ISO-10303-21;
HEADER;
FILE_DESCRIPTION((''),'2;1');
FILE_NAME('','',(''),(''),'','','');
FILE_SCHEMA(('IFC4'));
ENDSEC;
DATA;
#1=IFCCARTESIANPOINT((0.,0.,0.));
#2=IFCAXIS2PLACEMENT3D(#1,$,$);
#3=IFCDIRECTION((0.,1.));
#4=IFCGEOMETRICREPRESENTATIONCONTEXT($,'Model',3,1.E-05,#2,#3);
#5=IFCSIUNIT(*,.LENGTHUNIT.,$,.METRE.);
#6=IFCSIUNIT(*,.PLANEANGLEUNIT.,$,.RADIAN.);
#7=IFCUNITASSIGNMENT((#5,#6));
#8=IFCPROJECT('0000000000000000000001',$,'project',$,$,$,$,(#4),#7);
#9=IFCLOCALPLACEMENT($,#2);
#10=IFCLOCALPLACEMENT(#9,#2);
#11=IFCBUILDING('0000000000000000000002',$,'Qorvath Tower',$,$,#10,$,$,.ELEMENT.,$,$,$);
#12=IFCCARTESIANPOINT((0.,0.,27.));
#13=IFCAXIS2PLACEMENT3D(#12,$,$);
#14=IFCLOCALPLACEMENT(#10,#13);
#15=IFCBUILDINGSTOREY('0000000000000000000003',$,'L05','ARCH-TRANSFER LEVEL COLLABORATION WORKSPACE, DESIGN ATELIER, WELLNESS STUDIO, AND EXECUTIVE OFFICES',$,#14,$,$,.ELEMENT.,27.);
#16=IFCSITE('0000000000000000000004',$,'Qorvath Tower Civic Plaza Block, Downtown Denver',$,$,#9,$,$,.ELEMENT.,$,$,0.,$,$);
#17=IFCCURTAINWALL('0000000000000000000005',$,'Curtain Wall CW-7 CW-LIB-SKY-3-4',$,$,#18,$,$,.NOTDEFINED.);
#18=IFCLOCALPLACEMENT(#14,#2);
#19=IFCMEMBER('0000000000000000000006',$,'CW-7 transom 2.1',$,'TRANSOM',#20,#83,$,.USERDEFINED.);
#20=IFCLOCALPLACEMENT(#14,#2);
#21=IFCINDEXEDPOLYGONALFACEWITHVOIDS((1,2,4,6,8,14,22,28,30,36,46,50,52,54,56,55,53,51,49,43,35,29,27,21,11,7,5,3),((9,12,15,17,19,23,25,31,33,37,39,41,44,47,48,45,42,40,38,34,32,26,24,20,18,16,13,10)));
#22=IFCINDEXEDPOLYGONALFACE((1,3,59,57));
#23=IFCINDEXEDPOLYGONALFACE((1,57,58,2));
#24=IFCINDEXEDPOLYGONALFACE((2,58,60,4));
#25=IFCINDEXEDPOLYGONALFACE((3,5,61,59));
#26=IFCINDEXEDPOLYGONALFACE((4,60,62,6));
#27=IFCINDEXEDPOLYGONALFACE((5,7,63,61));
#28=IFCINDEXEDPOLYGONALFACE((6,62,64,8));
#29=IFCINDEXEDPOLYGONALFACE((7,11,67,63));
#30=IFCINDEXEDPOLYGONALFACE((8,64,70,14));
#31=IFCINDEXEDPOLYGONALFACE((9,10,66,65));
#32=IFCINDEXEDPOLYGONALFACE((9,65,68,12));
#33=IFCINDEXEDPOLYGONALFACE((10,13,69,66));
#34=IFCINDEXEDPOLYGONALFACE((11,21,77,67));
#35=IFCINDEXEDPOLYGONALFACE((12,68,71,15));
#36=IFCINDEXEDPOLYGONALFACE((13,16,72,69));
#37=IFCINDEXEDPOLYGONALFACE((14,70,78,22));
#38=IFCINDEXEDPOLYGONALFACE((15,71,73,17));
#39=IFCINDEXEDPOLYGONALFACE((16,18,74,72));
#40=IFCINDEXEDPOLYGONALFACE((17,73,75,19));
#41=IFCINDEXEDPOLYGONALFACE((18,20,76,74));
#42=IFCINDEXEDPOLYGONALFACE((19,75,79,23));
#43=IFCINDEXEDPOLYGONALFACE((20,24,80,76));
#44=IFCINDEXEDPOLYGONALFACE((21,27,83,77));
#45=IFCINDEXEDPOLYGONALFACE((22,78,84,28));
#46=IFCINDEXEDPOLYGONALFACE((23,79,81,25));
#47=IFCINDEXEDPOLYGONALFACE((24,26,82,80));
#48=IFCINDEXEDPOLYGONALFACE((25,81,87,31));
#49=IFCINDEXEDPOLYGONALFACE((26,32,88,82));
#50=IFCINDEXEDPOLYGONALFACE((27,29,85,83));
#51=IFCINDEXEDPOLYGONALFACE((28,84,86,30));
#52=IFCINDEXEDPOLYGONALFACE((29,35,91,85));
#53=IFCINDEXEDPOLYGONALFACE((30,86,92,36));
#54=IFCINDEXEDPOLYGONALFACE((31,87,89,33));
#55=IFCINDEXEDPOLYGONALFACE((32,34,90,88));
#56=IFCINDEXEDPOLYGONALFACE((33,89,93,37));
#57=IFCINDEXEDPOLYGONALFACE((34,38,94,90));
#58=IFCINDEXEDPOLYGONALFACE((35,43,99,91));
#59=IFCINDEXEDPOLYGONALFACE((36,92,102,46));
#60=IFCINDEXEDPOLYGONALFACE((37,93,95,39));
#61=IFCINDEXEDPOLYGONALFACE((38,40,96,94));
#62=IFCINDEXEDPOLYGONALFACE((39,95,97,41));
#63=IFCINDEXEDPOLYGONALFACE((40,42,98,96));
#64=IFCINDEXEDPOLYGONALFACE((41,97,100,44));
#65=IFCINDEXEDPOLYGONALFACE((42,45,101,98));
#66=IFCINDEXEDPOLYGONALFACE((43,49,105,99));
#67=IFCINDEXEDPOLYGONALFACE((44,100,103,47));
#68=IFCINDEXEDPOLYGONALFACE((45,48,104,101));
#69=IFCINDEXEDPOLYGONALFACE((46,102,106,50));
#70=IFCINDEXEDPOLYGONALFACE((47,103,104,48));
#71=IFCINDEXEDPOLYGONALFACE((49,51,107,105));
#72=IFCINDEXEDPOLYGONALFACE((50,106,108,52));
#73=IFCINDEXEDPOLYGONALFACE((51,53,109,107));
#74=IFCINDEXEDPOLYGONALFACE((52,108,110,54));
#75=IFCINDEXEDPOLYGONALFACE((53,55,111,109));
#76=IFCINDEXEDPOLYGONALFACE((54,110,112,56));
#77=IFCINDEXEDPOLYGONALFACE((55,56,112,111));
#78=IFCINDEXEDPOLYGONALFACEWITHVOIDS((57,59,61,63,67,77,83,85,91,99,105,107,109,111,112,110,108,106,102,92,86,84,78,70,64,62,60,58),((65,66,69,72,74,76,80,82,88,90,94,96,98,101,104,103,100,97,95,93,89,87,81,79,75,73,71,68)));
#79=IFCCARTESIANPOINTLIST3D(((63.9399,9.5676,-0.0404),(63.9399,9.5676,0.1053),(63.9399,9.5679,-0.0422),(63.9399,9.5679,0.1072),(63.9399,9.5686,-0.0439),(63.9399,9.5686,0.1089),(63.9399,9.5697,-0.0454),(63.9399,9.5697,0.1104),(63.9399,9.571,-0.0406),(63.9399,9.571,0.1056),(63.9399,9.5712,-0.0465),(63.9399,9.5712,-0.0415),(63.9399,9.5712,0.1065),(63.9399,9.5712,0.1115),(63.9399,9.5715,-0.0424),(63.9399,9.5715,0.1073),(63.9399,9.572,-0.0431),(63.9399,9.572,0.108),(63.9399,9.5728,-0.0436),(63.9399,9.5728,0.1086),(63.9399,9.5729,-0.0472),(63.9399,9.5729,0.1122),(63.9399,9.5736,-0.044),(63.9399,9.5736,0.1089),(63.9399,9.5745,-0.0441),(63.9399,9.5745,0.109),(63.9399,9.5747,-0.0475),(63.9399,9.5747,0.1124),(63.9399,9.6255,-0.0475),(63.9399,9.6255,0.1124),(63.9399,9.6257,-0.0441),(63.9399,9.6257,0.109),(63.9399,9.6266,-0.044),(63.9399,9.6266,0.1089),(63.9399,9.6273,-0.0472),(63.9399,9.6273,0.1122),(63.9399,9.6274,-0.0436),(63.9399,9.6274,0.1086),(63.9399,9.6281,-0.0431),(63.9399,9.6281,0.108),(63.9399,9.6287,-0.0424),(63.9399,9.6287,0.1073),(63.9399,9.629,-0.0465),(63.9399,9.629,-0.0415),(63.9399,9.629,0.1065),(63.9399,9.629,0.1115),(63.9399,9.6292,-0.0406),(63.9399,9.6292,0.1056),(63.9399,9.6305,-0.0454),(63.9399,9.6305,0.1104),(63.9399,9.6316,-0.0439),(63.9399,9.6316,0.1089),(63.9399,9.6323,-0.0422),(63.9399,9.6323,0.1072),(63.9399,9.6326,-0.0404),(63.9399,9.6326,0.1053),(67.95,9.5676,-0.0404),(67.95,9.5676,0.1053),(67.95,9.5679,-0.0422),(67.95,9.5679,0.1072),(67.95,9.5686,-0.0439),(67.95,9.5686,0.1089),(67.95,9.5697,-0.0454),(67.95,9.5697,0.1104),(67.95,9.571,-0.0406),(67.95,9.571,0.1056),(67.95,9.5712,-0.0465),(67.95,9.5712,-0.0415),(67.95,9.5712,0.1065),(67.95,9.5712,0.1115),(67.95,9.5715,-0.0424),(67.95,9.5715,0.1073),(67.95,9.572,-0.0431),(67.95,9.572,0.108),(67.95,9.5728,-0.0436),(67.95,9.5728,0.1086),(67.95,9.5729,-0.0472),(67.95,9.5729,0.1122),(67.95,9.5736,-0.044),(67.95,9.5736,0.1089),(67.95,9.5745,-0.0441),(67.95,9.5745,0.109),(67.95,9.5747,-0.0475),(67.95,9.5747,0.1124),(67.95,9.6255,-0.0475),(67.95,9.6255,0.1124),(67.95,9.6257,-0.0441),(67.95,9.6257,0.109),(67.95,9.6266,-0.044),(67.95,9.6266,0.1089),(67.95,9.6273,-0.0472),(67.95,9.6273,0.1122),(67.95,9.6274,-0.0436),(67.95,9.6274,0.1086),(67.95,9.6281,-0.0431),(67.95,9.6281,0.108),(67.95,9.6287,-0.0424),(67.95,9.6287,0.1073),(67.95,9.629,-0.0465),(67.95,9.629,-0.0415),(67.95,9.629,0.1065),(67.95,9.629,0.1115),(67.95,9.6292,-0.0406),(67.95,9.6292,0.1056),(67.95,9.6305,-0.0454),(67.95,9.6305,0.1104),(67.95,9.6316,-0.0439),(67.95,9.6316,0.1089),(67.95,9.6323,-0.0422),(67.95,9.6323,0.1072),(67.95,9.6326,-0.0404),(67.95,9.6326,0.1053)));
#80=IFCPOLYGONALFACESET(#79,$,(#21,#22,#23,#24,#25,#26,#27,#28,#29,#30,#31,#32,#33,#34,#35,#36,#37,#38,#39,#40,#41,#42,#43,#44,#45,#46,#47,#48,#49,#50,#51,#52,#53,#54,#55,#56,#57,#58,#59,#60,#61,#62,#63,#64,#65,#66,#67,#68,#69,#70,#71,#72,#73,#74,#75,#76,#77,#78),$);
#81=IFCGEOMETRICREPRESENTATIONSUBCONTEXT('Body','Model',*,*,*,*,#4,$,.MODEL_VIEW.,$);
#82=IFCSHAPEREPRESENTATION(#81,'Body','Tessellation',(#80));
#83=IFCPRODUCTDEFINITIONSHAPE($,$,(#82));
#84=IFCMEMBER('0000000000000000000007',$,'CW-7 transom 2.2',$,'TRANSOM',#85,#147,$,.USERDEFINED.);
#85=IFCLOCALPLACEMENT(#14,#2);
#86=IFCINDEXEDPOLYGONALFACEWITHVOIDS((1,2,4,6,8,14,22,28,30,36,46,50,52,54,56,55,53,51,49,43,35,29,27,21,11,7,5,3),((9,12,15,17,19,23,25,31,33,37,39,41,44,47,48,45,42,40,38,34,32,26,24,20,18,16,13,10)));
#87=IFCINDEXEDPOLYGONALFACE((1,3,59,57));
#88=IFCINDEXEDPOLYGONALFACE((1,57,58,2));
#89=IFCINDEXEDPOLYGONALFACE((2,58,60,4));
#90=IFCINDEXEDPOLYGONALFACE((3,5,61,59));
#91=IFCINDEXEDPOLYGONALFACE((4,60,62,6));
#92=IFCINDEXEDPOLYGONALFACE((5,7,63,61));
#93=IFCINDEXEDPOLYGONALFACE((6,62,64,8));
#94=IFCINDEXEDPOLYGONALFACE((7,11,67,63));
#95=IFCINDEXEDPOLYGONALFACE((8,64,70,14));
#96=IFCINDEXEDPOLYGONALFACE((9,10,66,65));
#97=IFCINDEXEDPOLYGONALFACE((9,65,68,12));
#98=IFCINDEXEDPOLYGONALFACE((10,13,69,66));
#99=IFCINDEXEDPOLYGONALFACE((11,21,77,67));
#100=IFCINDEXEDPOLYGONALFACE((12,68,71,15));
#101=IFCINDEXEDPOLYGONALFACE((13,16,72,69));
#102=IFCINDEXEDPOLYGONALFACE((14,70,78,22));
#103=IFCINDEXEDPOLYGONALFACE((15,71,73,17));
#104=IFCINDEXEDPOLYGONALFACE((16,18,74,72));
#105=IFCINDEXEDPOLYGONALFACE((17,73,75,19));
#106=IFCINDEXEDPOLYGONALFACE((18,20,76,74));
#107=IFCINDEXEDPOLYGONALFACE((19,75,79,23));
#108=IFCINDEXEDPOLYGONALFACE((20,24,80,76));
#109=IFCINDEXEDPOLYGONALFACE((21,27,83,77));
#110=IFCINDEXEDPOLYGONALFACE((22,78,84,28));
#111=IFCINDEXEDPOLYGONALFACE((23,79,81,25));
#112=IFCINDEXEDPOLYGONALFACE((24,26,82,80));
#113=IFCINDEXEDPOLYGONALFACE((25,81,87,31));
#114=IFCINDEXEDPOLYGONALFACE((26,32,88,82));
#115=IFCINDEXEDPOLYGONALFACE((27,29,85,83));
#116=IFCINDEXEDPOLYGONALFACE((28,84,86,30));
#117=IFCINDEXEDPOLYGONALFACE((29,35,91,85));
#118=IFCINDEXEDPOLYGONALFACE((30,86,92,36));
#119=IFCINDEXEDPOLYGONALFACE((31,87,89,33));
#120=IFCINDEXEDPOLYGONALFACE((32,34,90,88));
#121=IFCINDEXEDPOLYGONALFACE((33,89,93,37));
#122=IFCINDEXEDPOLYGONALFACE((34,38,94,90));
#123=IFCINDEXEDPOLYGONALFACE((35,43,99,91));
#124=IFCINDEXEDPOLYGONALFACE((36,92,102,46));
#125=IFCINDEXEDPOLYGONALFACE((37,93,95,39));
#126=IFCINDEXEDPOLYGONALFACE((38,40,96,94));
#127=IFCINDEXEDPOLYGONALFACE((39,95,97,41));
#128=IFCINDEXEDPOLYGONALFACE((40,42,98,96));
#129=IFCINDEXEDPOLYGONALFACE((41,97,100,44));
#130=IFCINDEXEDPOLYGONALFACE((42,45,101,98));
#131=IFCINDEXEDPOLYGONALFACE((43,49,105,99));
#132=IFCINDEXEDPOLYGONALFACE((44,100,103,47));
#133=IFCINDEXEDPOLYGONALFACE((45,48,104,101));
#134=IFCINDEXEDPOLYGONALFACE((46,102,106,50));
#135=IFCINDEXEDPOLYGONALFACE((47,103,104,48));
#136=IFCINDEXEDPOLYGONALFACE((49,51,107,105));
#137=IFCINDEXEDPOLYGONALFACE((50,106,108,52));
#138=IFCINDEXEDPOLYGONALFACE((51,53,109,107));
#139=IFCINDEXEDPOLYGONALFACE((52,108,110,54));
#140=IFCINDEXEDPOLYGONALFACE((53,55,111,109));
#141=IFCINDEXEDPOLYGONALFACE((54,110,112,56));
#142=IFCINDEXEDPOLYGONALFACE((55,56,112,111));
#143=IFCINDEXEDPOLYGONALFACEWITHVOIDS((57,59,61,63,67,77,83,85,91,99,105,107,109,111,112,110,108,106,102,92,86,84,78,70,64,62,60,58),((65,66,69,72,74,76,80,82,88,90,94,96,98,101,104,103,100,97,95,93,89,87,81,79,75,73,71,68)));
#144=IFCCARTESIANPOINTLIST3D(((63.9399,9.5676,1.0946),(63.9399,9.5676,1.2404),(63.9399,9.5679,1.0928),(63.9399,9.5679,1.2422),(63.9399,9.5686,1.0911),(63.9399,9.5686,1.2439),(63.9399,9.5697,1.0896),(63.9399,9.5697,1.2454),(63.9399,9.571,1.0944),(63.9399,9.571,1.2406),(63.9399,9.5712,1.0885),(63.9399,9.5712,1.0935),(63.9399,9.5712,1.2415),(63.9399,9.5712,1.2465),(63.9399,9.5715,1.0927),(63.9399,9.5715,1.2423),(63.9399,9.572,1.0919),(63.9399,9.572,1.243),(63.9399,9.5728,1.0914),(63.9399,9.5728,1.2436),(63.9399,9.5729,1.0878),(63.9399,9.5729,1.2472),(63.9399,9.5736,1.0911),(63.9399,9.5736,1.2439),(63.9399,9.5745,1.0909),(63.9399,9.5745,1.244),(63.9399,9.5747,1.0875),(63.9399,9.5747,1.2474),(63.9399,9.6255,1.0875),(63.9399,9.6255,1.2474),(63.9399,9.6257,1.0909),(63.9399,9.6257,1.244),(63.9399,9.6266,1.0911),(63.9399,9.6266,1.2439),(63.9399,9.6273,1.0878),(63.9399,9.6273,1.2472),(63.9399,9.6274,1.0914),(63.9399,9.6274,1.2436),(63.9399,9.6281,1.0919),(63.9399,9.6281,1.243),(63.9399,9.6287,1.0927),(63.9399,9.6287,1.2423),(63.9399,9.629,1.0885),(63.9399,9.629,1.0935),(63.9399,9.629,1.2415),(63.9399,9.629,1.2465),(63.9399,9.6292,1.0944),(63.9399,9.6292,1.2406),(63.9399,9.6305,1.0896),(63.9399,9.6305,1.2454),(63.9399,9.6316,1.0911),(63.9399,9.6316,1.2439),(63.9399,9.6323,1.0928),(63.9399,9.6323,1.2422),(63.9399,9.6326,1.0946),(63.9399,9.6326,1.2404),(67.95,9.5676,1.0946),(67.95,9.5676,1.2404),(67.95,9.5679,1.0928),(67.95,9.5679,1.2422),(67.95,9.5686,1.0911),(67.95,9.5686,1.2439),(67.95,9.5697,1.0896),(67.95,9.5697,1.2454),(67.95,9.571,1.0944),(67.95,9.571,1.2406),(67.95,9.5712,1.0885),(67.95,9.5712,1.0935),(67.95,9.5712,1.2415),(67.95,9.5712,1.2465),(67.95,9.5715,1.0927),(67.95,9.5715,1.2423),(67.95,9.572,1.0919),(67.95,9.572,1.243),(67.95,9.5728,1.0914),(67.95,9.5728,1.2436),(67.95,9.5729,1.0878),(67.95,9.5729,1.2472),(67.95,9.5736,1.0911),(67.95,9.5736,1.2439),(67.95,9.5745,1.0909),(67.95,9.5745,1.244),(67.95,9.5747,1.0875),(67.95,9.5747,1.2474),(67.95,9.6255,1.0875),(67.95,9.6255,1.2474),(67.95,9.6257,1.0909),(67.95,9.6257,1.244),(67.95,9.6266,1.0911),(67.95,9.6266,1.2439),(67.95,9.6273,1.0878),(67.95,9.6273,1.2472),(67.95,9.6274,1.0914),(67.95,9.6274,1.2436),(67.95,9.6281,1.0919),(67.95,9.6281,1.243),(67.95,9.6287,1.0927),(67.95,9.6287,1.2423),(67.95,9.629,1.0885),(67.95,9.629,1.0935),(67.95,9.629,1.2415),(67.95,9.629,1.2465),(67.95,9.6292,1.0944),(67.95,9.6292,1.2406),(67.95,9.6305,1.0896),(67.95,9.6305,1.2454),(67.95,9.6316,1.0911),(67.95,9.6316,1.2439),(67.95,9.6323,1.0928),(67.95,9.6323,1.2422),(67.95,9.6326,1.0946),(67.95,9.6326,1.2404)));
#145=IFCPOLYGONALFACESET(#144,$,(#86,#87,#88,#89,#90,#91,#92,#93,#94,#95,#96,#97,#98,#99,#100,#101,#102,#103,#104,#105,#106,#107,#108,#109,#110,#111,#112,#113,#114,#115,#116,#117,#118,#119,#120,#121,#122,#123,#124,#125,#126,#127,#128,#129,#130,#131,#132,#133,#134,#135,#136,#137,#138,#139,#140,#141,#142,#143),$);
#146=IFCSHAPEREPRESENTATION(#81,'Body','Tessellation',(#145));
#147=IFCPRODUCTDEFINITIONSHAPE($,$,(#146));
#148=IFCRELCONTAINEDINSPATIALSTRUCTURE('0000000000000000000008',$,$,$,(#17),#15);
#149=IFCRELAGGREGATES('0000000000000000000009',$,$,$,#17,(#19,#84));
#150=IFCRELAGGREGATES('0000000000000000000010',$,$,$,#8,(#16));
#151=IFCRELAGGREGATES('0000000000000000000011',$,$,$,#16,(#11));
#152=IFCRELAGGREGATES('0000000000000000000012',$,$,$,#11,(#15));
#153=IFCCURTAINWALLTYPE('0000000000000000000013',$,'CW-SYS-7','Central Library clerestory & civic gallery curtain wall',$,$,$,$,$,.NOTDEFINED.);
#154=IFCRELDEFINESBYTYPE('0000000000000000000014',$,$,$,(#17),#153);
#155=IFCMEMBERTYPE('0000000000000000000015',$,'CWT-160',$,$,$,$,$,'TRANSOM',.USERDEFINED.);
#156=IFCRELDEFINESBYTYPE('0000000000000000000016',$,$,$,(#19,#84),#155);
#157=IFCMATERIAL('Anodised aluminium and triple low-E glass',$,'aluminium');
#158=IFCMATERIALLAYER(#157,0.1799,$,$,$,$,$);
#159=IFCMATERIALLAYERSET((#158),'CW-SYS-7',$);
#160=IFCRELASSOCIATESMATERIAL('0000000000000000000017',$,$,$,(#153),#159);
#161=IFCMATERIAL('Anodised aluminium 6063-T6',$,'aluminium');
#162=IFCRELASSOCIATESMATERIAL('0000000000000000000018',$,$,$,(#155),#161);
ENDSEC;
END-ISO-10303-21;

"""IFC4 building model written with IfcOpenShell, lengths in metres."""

from ifc_helpers import new_model, si_unit, direction, frame, origin, origin_2d, place, context, subcontext, project, spatial, hollow_rectangle, extrude, material, layer, layer_set, material_profile, profile_set, type_object, element, aggregate, save


model = new_model("IFC4")

# Units and contexts
model_context = context("Model", 3, precision=1e-05, world=origin(), true_north=direction((0.0, 1.0)))
body_context = subcontext(model_context, "Body", "Model", "MODEL_VIEW")
ifc_project = project(units=[si_unit("LENGTHUNIT", "METRE"), si_unit("PLANEANGLEUNIT", "RADIAN")], contexts=[model_context])

# Site, building, storey
site_placement = place(None, origin())
site = spatial("IfcSite", under=ifc_project, at=site_placement, Name="Qorvath Tower Civic Plaza Block, Downtown Denver", CompositionType="ELEMENT", RefElevation=0.0)
building_placement = place(site_placement, origin())
building = spatial("IfcBuilding", under=site, at=building_placement, Name="Qorvath Tower", CompositionType="ELEMENT")
storey_placement = place(building_placement, frame((0.0, 0.0, 27.0)))
storey = spatial("IfcBuildingStorey", under=building, at=storey_placement, Name="L05", Description="ARCH-TRANSFER LEVEL COLLABORATION WORKSPACE, DESIGN ATELIER, WELLNESS STUDIO, AND EXECUTIVE OFFICES", CompositionType="ELEMENT", Elevation=27.0)

# Shared definitions
ifc_material_1 = material(Name="Anodised aluminium and triple low-E glass", Category="aluminium")
ifc_layer_1 = layer(ifc_material_1, 0.1799)
ifc_layer_set_1 = layer_set([ifc_layer_1], Name="CW-SYS-7")
curtain_wall_type = type_object("IfcCurtainWallType", Name="CW-SYS-7", Description="Central Library clerestory & civic gallery curtain wall", PredefinedType="NOTDEFINED", material=ifc_layer_set_1)

# Curtain wall
curtain_wall_1_placement = place(storey_placement, origin())
curtain_wall_1 = element("IfcCurtainWall", 1, at=curtain_wall_1_placement, inside=storey, type_object=curtain_wall_type, Name="Curtain Wall CW-7 CW-LIB-SKY-3-4", PredefinedType="NOTDEFINED")

# Members
ifc_material_2 = material(Name="Anodised aluminium 6063-T6", Category="aluminium")
ifc_material_profile_1 = material_profile(ifc_material_2, hollow_rectangle(XDim=0.0649, YDim=0.1599, WallThickness=0.0034, InnerFilletRadius=0.0034, OuterFilletRadius=0.0071, at=origin_2d()), Name="CWT 160x65")
ifc_profile_set_1 = profile_set([ifc_material_profile_1], Name="Anodised aluminium 6063-T6")
member_type_1 = type_object("IfcMemberType", Name="CWT-160", ElementType="TRANSOM", PredefinedType="USERDEFINED", material=ifc_profile_set_1)
member_1_placement = place(storey_placement, frame((63.9399, 9.6001, 0.0325), z_axis=(1.0, 0.0, 0.0), x_axis=(0.0, 1.0, 0.0)))
member_1 = element("IfcMember", 2, at=member_1_placement, type_object=member_type_1, Name="CW-7 transom 2.1", ObjectType="TRANSOM", PredefinedType="USERDEFINED", context=body_context, shape_type="SweptSolid", body=[
    extrude(hollow_rectangle(XDim=0.0649, YDim=0.1599, WallThickness=0.0034, InnerFilletRadius=0.0034, OuterFilletRadius=0.0071, at=origin_2d()), origin(), (0.0, 0.0, 1.0), 4.01),
])
member_2_placement = place(storey_placement, frame((63.9399, 9.6001, 1.1675), z_axis=(1.0, 0.0, 0.0), x_axis=(0.0, 1.0, 0.0)))
member_2 = element("IfcMember", 3, at=member_2_placement, type_object=member_type_1, Name="CW-7 transom 2.2", ObjectType="TRANSOM", PredefinedType="USERDEFINED", context=body_context, shape_type="SweptSolid", body=[
    extrude(hollow_rectangle(XDim=0.0649, YDim=0.1599, WallThickness=0.0034, InnerFilletRadius=0.0034, OuterFilletRadius=0.0071, at=origin_2d()), origin(), (0.0, 0.0, 1.0), 4.01),
])

aggregate(curtain_wall_1, [member_1, member_2])

save(model, "model.ifc")
